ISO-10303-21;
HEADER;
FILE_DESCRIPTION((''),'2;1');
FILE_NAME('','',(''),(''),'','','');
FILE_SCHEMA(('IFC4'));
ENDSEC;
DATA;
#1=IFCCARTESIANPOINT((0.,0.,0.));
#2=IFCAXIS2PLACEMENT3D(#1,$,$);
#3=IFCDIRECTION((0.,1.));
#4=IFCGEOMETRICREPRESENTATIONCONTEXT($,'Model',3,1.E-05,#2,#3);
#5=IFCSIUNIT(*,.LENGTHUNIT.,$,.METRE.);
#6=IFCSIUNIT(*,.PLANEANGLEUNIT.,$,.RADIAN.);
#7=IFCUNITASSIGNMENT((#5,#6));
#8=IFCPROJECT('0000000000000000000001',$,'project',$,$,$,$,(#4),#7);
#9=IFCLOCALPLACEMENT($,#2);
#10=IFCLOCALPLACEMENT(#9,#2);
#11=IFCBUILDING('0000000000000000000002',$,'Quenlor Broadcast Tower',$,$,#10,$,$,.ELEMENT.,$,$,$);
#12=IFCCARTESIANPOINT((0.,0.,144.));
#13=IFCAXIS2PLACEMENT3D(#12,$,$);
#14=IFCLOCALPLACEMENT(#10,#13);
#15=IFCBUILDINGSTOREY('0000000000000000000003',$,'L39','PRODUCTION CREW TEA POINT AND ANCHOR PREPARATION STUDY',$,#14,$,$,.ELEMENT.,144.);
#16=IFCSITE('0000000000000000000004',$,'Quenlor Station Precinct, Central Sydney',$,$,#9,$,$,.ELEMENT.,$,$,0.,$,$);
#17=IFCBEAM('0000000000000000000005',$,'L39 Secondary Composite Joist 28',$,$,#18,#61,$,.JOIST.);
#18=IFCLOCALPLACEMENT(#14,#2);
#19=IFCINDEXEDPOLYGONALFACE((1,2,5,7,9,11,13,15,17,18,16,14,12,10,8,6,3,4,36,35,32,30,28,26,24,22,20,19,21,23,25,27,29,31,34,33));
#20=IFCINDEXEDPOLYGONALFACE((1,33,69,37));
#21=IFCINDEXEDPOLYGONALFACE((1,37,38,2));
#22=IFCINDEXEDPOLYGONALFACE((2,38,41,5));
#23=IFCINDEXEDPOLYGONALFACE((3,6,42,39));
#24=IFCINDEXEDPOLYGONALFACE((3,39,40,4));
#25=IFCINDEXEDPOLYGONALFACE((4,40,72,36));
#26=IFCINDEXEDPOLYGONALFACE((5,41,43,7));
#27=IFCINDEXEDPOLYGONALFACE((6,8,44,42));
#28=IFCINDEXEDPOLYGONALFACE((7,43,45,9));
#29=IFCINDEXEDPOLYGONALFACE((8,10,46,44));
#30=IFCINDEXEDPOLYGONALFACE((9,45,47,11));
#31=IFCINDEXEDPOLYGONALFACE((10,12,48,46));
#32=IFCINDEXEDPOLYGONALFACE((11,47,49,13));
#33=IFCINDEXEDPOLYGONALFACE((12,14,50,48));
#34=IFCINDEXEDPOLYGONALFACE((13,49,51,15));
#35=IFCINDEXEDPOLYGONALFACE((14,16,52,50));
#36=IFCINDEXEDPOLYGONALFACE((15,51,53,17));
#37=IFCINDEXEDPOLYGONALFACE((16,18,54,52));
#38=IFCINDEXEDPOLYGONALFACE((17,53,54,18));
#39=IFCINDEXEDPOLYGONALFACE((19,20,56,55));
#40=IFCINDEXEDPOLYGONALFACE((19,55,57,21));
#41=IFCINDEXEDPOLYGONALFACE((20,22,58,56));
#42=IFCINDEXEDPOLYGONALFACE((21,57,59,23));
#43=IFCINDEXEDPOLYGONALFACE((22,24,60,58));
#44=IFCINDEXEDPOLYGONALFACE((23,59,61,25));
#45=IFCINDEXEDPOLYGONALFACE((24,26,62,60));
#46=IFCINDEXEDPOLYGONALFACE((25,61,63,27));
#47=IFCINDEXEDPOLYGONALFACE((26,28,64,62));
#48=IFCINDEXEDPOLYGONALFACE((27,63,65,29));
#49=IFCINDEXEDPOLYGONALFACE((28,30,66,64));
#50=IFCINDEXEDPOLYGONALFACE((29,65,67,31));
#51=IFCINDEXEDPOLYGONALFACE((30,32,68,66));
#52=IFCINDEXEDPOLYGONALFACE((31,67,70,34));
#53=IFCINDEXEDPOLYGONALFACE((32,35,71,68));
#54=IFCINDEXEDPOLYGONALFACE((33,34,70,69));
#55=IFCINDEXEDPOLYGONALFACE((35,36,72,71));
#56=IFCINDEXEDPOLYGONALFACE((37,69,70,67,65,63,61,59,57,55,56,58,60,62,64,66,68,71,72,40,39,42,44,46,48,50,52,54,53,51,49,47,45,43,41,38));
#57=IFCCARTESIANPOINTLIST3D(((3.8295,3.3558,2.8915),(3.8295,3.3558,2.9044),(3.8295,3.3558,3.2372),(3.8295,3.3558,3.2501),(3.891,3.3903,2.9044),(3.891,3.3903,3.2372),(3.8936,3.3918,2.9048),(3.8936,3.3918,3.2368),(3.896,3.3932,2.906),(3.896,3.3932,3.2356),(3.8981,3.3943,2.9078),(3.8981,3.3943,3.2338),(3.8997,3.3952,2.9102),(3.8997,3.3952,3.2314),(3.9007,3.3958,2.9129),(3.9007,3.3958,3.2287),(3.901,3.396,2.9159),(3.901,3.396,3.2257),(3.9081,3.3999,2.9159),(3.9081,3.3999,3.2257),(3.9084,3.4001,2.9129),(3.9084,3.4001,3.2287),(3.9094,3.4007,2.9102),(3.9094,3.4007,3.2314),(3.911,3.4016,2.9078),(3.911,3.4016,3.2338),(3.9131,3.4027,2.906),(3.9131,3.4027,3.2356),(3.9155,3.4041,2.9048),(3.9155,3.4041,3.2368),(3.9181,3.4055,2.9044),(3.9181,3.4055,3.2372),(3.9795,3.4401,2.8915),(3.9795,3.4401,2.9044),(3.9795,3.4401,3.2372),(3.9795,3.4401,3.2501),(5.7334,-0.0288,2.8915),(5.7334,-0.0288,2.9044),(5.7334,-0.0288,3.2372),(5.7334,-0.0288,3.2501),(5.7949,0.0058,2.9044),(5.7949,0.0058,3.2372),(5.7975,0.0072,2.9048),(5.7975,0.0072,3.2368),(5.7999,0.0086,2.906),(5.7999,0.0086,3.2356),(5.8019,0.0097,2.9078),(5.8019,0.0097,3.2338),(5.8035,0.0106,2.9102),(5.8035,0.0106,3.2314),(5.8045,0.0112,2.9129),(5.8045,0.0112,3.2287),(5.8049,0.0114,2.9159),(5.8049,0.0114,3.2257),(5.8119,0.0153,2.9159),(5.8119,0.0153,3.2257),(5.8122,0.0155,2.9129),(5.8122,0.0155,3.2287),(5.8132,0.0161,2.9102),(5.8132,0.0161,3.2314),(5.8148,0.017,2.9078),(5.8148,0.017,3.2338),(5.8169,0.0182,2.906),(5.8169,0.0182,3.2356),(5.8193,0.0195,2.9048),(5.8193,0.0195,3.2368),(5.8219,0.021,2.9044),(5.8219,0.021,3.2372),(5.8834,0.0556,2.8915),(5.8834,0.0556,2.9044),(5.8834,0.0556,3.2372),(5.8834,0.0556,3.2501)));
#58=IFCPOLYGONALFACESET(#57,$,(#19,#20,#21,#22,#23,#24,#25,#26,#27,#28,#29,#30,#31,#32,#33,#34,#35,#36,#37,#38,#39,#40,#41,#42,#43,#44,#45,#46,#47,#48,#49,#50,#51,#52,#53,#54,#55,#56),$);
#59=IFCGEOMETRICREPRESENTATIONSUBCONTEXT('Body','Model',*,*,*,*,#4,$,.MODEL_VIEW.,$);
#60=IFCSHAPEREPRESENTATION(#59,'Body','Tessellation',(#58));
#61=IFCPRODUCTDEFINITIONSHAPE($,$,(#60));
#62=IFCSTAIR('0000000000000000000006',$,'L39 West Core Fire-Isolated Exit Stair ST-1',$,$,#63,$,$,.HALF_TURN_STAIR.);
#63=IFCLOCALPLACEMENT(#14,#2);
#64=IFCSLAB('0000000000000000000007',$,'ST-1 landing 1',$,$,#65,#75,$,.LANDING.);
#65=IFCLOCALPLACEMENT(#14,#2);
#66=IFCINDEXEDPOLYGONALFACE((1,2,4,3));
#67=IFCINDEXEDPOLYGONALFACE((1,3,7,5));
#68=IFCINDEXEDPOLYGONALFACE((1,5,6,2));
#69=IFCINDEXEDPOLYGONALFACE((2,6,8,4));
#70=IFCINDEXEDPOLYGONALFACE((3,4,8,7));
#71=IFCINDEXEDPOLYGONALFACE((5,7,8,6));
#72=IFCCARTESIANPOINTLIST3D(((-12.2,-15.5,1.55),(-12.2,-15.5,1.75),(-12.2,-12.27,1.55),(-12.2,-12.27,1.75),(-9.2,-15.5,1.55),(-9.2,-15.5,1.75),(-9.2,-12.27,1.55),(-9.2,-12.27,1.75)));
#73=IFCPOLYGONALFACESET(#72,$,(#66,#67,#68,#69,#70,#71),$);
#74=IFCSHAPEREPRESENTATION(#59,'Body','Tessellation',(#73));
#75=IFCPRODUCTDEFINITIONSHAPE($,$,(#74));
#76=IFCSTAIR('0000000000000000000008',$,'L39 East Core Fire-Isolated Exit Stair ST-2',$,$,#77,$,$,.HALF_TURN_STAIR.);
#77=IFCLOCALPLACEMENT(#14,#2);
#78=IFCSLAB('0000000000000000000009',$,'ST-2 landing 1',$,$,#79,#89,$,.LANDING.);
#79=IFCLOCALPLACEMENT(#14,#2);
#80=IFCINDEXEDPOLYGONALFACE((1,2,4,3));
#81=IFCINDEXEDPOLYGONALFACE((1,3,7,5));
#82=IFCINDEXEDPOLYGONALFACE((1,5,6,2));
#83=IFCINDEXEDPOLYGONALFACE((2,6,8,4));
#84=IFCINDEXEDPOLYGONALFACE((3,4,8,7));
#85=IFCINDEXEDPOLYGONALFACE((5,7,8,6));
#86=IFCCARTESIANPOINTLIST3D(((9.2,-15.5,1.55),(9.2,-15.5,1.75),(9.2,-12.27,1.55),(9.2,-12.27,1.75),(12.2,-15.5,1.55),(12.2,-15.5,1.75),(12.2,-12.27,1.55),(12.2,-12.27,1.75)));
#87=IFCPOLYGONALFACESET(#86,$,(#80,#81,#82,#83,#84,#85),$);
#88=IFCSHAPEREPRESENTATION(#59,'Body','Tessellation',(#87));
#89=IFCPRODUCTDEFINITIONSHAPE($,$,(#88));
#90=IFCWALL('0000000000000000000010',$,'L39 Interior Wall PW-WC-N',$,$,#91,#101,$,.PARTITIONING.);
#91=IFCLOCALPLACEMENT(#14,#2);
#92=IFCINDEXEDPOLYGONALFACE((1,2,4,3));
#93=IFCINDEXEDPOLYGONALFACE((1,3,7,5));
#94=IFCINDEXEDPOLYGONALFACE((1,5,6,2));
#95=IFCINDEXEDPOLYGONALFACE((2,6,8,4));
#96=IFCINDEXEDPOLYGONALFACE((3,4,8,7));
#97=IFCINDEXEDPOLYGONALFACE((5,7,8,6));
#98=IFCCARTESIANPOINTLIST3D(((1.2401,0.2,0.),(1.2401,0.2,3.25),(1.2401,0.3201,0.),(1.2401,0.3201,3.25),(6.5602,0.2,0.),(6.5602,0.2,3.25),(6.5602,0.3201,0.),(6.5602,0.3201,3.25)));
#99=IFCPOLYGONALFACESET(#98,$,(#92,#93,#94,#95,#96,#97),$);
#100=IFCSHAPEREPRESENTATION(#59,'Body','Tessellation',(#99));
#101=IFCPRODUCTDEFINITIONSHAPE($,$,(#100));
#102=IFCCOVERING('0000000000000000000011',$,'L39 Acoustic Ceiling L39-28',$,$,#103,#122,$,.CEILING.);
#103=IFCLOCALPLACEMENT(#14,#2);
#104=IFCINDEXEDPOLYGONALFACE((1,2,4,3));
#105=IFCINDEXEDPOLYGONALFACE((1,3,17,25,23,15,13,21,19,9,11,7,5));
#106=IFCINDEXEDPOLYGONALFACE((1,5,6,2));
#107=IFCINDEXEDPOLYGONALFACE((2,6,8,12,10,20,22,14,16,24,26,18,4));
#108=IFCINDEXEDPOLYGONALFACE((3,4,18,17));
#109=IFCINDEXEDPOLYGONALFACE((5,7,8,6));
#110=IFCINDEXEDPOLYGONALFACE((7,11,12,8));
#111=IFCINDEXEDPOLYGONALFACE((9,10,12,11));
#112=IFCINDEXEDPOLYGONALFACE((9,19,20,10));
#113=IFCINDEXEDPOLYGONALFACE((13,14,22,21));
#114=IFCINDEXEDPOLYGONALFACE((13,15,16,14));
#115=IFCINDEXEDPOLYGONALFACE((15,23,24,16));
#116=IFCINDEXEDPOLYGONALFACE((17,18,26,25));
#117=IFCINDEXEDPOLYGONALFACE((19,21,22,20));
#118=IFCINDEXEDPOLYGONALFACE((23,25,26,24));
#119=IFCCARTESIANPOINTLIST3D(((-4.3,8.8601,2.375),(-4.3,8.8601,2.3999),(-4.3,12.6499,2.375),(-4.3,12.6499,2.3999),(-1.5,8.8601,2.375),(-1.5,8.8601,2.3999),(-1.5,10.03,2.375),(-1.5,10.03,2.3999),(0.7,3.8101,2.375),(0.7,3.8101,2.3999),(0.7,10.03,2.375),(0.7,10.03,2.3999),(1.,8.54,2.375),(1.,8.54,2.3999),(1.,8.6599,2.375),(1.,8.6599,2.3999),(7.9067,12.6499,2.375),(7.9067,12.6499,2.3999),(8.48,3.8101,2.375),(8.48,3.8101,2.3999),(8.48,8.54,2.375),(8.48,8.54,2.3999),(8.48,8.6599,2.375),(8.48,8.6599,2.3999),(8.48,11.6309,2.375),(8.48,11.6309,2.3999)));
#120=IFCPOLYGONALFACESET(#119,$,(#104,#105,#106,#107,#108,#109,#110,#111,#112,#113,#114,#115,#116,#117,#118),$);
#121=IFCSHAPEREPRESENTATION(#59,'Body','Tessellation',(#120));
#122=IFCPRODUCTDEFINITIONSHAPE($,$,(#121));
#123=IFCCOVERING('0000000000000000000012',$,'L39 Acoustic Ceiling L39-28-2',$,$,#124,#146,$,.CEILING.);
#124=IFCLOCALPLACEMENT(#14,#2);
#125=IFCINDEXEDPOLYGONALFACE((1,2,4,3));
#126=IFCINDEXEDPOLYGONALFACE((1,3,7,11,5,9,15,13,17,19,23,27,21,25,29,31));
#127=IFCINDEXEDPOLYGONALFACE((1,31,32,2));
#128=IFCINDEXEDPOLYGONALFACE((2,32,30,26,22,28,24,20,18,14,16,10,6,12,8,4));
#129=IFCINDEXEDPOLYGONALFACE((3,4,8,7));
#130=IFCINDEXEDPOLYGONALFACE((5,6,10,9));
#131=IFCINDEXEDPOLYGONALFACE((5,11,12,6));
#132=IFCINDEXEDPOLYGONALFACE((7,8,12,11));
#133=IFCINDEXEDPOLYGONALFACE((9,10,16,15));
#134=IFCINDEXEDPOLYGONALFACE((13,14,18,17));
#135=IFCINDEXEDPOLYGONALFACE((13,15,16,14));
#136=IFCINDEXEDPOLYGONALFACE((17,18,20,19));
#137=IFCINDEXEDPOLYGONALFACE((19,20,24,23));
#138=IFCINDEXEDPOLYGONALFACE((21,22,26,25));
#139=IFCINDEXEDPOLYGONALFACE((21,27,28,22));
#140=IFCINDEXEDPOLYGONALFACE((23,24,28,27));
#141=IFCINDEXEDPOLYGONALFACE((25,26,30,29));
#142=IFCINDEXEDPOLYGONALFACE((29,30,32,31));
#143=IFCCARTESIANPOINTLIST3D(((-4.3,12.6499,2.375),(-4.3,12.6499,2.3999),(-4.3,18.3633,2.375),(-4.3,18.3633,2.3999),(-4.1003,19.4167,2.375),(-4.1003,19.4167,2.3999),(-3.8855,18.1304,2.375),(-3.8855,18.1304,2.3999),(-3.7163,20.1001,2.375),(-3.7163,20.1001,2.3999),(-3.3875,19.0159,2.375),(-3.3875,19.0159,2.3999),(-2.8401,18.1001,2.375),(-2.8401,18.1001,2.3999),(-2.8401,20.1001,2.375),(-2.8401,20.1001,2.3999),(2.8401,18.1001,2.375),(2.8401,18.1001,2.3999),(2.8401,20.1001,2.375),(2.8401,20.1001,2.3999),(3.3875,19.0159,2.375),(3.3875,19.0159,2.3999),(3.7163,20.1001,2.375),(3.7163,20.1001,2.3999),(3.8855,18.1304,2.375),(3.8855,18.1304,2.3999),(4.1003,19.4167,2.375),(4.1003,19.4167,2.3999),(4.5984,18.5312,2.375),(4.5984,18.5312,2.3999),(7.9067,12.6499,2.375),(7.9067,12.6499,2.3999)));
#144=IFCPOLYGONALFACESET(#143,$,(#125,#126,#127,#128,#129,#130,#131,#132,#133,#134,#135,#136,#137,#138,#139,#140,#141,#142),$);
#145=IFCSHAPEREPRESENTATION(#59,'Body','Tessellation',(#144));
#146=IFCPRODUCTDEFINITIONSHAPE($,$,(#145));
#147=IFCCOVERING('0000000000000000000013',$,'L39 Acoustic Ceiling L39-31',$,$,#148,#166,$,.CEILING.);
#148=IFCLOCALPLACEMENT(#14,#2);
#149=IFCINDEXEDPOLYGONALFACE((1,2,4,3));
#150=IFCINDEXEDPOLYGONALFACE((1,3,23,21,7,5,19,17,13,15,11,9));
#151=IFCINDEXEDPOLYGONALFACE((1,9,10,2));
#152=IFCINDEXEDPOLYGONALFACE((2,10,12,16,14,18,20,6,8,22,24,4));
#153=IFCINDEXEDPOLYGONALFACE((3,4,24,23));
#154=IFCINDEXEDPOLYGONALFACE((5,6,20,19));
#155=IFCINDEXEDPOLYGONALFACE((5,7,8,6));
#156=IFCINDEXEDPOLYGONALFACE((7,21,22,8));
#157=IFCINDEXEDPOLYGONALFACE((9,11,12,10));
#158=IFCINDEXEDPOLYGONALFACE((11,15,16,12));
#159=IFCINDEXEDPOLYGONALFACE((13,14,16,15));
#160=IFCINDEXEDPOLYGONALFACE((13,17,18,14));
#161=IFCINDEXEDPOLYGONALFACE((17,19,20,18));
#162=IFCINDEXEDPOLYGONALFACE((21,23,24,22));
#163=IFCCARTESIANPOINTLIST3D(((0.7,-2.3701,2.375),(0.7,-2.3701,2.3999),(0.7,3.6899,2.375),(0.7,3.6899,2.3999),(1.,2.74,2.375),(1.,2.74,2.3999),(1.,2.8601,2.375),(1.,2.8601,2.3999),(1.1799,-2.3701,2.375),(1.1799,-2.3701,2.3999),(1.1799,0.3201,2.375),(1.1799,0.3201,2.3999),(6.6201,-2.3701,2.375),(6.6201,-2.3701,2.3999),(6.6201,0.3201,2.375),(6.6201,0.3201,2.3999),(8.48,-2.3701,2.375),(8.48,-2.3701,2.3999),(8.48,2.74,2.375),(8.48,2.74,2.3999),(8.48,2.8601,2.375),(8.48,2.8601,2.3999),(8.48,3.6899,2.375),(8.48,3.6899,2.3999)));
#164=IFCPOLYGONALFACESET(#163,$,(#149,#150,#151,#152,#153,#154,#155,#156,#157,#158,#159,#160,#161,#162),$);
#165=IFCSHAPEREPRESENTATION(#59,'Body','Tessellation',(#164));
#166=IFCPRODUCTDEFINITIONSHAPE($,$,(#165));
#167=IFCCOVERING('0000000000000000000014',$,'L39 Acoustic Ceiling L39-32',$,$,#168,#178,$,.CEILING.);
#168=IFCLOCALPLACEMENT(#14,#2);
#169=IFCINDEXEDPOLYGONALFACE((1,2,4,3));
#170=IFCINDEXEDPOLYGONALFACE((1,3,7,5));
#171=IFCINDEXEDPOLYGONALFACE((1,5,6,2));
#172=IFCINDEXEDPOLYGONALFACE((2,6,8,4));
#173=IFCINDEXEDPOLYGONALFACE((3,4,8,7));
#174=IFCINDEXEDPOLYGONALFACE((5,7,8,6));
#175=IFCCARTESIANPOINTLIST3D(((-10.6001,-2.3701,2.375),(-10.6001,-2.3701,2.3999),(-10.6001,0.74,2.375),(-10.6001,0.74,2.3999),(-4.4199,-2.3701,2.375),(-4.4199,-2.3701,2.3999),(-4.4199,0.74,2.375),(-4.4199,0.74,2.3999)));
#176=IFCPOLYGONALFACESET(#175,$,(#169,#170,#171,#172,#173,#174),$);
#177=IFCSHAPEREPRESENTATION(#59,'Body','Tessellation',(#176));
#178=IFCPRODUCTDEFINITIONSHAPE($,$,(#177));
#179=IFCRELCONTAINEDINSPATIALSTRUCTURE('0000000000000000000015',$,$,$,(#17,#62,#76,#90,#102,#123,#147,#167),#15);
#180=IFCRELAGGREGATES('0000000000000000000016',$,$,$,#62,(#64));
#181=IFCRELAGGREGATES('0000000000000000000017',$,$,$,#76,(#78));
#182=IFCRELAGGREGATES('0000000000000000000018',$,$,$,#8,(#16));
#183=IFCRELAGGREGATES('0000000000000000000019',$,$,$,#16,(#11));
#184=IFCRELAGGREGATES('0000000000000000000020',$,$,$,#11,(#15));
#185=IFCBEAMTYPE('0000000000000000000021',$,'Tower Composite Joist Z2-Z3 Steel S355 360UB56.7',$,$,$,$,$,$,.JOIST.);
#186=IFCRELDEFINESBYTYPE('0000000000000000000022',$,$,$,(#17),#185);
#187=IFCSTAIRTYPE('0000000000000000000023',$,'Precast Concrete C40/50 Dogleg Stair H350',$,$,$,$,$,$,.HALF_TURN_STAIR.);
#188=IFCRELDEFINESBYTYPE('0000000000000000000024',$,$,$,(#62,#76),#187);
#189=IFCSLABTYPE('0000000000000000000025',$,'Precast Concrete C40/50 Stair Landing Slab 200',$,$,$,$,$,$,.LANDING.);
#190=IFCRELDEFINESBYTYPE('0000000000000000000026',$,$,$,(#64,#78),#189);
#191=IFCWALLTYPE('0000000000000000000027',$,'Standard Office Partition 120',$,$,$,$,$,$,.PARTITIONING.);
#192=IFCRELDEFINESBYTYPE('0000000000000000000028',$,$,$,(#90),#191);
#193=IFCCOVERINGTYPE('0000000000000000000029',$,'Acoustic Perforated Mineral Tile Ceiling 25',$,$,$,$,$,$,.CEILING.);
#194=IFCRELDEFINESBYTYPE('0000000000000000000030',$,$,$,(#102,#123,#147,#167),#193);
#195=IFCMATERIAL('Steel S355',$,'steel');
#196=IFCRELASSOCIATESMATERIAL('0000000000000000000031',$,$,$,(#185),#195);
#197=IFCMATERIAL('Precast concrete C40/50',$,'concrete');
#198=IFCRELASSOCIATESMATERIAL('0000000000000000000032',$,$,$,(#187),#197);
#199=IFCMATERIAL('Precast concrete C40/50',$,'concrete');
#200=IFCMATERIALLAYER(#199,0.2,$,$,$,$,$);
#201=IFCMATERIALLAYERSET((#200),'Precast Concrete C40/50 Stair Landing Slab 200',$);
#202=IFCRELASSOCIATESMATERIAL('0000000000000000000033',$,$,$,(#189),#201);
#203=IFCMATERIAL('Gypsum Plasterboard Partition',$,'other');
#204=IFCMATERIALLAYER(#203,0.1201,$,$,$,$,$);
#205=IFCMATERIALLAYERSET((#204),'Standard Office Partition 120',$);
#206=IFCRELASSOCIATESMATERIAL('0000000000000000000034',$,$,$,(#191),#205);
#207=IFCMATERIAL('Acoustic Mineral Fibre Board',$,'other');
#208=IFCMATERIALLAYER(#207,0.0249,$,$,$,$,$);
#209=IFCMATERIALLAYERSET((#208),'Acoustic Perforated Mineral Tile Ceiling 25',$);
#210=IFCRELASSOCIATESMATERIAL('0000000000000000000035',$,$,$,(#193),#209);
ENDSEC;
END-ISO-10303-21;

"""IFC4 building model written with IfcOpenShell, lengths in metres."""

from ifc_helpers import new_model, si_unit, direction, frame, frame_2d, origin, origin_2d, place, context, subcontext, project, spatial, polyline, rectangle, i_section, outline, extrude, material, layer, layer_set, material_profile, profile_set, type_object, element, aggregate, save


model = new_model("IFC4")

# Units and contexts
model_context = context("Model", 3, precision=1e-05, world=origin(), true_north=direction((0.0, 1.0)))
body_context = subcontext(model_context, "Body", "Model", "MODEL_VIEW")
ifc_project = project(units=[si_unit("LENGTHUNIT", "METRE"), si_unit("PLANEANGLEUNIT", "RADIAN")], contexts=[model_context])

# Site, building, storey
site_placement = place(None, origin())
site = spatial("IfcSite", under=ifc_project, at=site_placement, Name="Quenlor Station Precinct, Central Sydney", CompositionType="ELEMENT", RefElevation=0.0)
building_placement = place(site_placement, origin())
building = spatial("IfcBuilding", under=site, at=building_placement, Name="Quenlor Broadcast Tower", CompositionType="ELEMENT")
storey_placement = place(building_placement, frame((0.0, 0.0, 144.0)))
storey = spatial("IfcBuildingStorey", under=building, at=storey_placement, Name="L39", Description="PRODUCTION CREW TEA POINT AND ANCHOR PREPARATION STUDY", CompositionType="ELEMENT", Elevation=144.0)

# Beam
ifc_material_1 = material(Name="Steel S355", Category="steel")
ifc_material_profile = material_profile(ifc_material_1, i_section(OverallWidth=0.1721, OverallDepth=0.3586, WebThickness=0.0081, FlangeThickness=0.0129, FilletRadius=0.0115, at=origin_2d()))
ifc_profile_set = profile_set([ifc_material_profile], Name="Steel S355 360UB56.7")
beam_type = type_object("IfcBeamType", Name="Tower Composite Joist Z2-Z3 Steel S355 360UB56.7", PredefinedType="JOIST", material=ifc_profile_set)
beam_placement = place(storey_placement, frame((3.9045, 3.3979, 3.0708), z_axis=(0.490264, -0.871574, 0.0), x_axis=(0.871574, 0.490264, 0.0)))
element("IfcBeam", 1, at=beam_placement, inside=storey, type_object=beam_type, Name="L39 Secondary Composite Joist 28", PredefinedType="JOIST", context=body_context, shape_type="SweptSolid", body=[
    extrude(i_section(OverallWidth=0.1721, OverallDepth=0.3586, WebThickness=0.0081, FlangeThickness=0.0129, FilletRadius=0.0115, at=origin_2d()), origin(), (0.0, 0.0, 1.0), 3.8833),
])

# Stairs, slabs
ifc_material_2 = material(Name="Precast concrete C40/50", Category="concrete")
stair_type = type_object("IfcStairType", Name="Precast Concrete C40/50 Dogleg Stair H350", PredefinedType="HALF_TURN_STAIR", material=ifc_material_2)
stair_1_placement = place(storey_placement, origin())
stair_1 = element("IfcStair", 2, at=stair_1_placement, inside=storey, type_object=stair_type, Name="L39 West Core Fire-Isolated Exit Stair ST-1", PredefinedType="HALF_TURN_STAIR")
ifc_material_3 = material(Name="Precast concrete C40/50", Category="concrete")
ifc_layer_1 = layer(ifc_material_3, 0.2)
ifc_layer_set_1 = layer_set([ifc_layer_1], Name="Precast Concrete C40/50 Stair Landing Slab 200")
slab_type = type_object("IfcSlabType", Name="Precast Concrete C40/50 Stair Landing Slab 200", PredefinedType="LANDING", material=ifc_layer_set_1)
slab_1_placement = place(storey_placement, frame((0.0, 0.0, 1.55)))
slab_1 = element("IfcSlab", 3, at=slab_1_placement, type_object=slab_type, Name="ST-1 landing 1", PredefinedType="LANDING", context=body_context, shape_type="SweptSolid", body=[
    extrude(outline(polyline([(-12.2, -12.27), (-12.2, -15.5), (-9.2, -15.5), (-9.2, -12.27), (-12.2, -12.27)])), origin(), (0.0, 0.0, 1.0), 0.2),
])
aggregate(stair_1, [slab_1])
stair_2_placement = place(storey_placement, origin())
stair_2 = element("IfcStair", 4, at=stair_2_placement, inside=storey, type_object=stair_type, Name="L39 East Core Fire-Isolated Exit Stair ST-2", PredefinedType="HALF_TURN_STAIR")
slab_2_placement = place(storey_placement, frame((0.0, 0.0, 1.55)))
slab_2 = element("IfcSlab", 5, at=slab_2_placement, type_object=slab_type, Name="ST-2 landing 1", PredefinedType="LANDING", context=body_context, shape_type="SweptSolid", body=[
    extrude(outline(polyline([(9.2, -12.27), (9.2, -15.5), (12.2, -15.5), (12.2, -12.27), (9.2, -12.27)])), origin(), (0.0, 0.0, 1.0), 0.2),
])
aggregate(stair_2, [slab_2])

# Wall
ifc_material_4 = material(Name="Gypsum Plasterboard Partition", Category="other")
ifc_layer_2 = layer(ifc_material_4, 0.1201)
ifc_layer_set_2 = layer_set([ifc_layer_2], Name="Standard Office Partition 120")
wall_type = type_object("IfcWallType", Name="Standard Office Partition 120", PredefinedType="PARTITIONING", material=ifc_layer_set_2)
wall_placement = place(storey_placement, frame((1.24, 0.26, 0.0), z_axis=(0.0, 0.0, 1.0), x_axis=(1.0, 0.0, 0.0)))
element("IfcWall", 6, at=wall_placement, inside=storey, type_object=wall_type, Name="L39 Interior Wall PW-WC-N", PredefinedType="PARTITIONING", context=body_context, shape_type="SweptSolid", body=[
    extrude(rectangle(XDim=5.3201, YDim=0.1201, at=frame_2d((2.6602, 0.0))), origin(), (0.0, 0.0, 1.0), 3.25),
])

# Coverings
ifc_material_5 = material(Name="Acoustic Mineral Fibre Board", Category="other")
ifc_layer_3 = layer(ifc_material_5, 0.0249)
ifc_layer_set_3 = layer_set([ifc_layer_3], Name="Acoustic Perforated Mineral Tile Ceiling 25")
covering_type_1 = type_object("IfcCoveringType", Name="Acoustic Perforated Mineral Tile Ceiling 25", PredefinedType="CEILING", material=ifc_layer_set_3)
covering_1_placement = place(storey_placement, frame((0.0, 0.0, 2.375)))
element("IfcCovering", 7, at=covering_1_placement, inside=storey, type_object=covering_type_1, Name="L39 Acoustic Ceiling L39-28", PredefinedType="CEILING", context=body_context, shape_type="SweptSolid", body=[
    extrude(outline(polyline([(8.48, 11.6309), (8.48, 8.6599), (1.0, 8.6599), (1.0, 8.54), (8.48, 8.54), (8.48, 3.8101), (0.7, 3.8101), (0.7, 10.03), (-1.5, 10.03), (-1.5, 8.8601), (-4.3, 8.8601), (-4.3, 12.6499), (7.9067, 12.6499), (8.48, 11.6309)])), origin(), (0.0, 0.0, 1.0), 0.0249),
])
covering_2_placement = place(storey_placement, frame((0.0, 0.0, 2.375)))
element("IfcCovering", 8, at=covering_2_placement, inside=storey, type_object=covering_type_1, Name="L39 Acoustic Ceiling L39-28-2", PredefinedType="CEILING", context=body_context, shape_type="SweptSolid", body=[
    extrude(outline(polyline([(2.8401, 20.1001), (3.7163, 20.1001), (4.1003, 19.4167), (3.3875, 19.0159), (3.8855, 18.1304), (4.5984, 18.5312), (7.9067, 12.6499), (-4.3, 12.6499), (-4.3, 18.3633), (-3.8855, 18.1304), (-3.3875, 19.0159), (-4.1003, 19.4167), (-3.7163, 20.1001), (-2.8401, 20.1001), (-2.8401, 18.1001), (2.8401, 18.1001), (2.8401, 20.1001)])), origin(), (0.0, 0.0, 1.0), 0.0249),
])
covering_3_placement = place(storey_placement, frame((0.0, 0.0, 2.375)))
element("IfcCovering", 9, at=covering_3_placement, inside=storey, type_object=covering_type_1, Name="L39 Acoustic Ceiling L39-31", PredefinedType="CEILING", context=body_context, shape_type="SweptSolid", body=[
    extrude(outline(polyline([(8.48, 2.74), (8.48, -2.3701), (6.6201, -2.3701), (6.6201, 0.3201), (1.1799, 0.3201), (1.1799, -2.3701), (0.7, -2.3701), (0.7, 3.6899), (8.48, 3.6899), (8.48, 2.8601), (1.0, 2.8601), (1.0, 2.74), (8.48, 2.74)])), origin(), (0.0, 0.0, 1.0), 0.0249),
])
covering_4_placement = place(storey_placement, frame((0.0, 0.0, 2.375)))
element("IfcCovering", 10, at=covering_4_placement, inside=storey, type_object=covering_type_1, Name="L39 Acoustic Ceiling L39-32", PredefinedType="CEILING", context=body_context, shape_type="SweptSolid", body=[
    extrude(outline(polyline([(-4.4199, -2.3701), (-10.6001, -2.3701), (-10.6001, 0.74), (-4.4199, 0.74), (-4.4199, -2.3701)])), origin(), (0.0, 0.0, 1.0), 0.0249),
])

save(model, "model.ifc")
